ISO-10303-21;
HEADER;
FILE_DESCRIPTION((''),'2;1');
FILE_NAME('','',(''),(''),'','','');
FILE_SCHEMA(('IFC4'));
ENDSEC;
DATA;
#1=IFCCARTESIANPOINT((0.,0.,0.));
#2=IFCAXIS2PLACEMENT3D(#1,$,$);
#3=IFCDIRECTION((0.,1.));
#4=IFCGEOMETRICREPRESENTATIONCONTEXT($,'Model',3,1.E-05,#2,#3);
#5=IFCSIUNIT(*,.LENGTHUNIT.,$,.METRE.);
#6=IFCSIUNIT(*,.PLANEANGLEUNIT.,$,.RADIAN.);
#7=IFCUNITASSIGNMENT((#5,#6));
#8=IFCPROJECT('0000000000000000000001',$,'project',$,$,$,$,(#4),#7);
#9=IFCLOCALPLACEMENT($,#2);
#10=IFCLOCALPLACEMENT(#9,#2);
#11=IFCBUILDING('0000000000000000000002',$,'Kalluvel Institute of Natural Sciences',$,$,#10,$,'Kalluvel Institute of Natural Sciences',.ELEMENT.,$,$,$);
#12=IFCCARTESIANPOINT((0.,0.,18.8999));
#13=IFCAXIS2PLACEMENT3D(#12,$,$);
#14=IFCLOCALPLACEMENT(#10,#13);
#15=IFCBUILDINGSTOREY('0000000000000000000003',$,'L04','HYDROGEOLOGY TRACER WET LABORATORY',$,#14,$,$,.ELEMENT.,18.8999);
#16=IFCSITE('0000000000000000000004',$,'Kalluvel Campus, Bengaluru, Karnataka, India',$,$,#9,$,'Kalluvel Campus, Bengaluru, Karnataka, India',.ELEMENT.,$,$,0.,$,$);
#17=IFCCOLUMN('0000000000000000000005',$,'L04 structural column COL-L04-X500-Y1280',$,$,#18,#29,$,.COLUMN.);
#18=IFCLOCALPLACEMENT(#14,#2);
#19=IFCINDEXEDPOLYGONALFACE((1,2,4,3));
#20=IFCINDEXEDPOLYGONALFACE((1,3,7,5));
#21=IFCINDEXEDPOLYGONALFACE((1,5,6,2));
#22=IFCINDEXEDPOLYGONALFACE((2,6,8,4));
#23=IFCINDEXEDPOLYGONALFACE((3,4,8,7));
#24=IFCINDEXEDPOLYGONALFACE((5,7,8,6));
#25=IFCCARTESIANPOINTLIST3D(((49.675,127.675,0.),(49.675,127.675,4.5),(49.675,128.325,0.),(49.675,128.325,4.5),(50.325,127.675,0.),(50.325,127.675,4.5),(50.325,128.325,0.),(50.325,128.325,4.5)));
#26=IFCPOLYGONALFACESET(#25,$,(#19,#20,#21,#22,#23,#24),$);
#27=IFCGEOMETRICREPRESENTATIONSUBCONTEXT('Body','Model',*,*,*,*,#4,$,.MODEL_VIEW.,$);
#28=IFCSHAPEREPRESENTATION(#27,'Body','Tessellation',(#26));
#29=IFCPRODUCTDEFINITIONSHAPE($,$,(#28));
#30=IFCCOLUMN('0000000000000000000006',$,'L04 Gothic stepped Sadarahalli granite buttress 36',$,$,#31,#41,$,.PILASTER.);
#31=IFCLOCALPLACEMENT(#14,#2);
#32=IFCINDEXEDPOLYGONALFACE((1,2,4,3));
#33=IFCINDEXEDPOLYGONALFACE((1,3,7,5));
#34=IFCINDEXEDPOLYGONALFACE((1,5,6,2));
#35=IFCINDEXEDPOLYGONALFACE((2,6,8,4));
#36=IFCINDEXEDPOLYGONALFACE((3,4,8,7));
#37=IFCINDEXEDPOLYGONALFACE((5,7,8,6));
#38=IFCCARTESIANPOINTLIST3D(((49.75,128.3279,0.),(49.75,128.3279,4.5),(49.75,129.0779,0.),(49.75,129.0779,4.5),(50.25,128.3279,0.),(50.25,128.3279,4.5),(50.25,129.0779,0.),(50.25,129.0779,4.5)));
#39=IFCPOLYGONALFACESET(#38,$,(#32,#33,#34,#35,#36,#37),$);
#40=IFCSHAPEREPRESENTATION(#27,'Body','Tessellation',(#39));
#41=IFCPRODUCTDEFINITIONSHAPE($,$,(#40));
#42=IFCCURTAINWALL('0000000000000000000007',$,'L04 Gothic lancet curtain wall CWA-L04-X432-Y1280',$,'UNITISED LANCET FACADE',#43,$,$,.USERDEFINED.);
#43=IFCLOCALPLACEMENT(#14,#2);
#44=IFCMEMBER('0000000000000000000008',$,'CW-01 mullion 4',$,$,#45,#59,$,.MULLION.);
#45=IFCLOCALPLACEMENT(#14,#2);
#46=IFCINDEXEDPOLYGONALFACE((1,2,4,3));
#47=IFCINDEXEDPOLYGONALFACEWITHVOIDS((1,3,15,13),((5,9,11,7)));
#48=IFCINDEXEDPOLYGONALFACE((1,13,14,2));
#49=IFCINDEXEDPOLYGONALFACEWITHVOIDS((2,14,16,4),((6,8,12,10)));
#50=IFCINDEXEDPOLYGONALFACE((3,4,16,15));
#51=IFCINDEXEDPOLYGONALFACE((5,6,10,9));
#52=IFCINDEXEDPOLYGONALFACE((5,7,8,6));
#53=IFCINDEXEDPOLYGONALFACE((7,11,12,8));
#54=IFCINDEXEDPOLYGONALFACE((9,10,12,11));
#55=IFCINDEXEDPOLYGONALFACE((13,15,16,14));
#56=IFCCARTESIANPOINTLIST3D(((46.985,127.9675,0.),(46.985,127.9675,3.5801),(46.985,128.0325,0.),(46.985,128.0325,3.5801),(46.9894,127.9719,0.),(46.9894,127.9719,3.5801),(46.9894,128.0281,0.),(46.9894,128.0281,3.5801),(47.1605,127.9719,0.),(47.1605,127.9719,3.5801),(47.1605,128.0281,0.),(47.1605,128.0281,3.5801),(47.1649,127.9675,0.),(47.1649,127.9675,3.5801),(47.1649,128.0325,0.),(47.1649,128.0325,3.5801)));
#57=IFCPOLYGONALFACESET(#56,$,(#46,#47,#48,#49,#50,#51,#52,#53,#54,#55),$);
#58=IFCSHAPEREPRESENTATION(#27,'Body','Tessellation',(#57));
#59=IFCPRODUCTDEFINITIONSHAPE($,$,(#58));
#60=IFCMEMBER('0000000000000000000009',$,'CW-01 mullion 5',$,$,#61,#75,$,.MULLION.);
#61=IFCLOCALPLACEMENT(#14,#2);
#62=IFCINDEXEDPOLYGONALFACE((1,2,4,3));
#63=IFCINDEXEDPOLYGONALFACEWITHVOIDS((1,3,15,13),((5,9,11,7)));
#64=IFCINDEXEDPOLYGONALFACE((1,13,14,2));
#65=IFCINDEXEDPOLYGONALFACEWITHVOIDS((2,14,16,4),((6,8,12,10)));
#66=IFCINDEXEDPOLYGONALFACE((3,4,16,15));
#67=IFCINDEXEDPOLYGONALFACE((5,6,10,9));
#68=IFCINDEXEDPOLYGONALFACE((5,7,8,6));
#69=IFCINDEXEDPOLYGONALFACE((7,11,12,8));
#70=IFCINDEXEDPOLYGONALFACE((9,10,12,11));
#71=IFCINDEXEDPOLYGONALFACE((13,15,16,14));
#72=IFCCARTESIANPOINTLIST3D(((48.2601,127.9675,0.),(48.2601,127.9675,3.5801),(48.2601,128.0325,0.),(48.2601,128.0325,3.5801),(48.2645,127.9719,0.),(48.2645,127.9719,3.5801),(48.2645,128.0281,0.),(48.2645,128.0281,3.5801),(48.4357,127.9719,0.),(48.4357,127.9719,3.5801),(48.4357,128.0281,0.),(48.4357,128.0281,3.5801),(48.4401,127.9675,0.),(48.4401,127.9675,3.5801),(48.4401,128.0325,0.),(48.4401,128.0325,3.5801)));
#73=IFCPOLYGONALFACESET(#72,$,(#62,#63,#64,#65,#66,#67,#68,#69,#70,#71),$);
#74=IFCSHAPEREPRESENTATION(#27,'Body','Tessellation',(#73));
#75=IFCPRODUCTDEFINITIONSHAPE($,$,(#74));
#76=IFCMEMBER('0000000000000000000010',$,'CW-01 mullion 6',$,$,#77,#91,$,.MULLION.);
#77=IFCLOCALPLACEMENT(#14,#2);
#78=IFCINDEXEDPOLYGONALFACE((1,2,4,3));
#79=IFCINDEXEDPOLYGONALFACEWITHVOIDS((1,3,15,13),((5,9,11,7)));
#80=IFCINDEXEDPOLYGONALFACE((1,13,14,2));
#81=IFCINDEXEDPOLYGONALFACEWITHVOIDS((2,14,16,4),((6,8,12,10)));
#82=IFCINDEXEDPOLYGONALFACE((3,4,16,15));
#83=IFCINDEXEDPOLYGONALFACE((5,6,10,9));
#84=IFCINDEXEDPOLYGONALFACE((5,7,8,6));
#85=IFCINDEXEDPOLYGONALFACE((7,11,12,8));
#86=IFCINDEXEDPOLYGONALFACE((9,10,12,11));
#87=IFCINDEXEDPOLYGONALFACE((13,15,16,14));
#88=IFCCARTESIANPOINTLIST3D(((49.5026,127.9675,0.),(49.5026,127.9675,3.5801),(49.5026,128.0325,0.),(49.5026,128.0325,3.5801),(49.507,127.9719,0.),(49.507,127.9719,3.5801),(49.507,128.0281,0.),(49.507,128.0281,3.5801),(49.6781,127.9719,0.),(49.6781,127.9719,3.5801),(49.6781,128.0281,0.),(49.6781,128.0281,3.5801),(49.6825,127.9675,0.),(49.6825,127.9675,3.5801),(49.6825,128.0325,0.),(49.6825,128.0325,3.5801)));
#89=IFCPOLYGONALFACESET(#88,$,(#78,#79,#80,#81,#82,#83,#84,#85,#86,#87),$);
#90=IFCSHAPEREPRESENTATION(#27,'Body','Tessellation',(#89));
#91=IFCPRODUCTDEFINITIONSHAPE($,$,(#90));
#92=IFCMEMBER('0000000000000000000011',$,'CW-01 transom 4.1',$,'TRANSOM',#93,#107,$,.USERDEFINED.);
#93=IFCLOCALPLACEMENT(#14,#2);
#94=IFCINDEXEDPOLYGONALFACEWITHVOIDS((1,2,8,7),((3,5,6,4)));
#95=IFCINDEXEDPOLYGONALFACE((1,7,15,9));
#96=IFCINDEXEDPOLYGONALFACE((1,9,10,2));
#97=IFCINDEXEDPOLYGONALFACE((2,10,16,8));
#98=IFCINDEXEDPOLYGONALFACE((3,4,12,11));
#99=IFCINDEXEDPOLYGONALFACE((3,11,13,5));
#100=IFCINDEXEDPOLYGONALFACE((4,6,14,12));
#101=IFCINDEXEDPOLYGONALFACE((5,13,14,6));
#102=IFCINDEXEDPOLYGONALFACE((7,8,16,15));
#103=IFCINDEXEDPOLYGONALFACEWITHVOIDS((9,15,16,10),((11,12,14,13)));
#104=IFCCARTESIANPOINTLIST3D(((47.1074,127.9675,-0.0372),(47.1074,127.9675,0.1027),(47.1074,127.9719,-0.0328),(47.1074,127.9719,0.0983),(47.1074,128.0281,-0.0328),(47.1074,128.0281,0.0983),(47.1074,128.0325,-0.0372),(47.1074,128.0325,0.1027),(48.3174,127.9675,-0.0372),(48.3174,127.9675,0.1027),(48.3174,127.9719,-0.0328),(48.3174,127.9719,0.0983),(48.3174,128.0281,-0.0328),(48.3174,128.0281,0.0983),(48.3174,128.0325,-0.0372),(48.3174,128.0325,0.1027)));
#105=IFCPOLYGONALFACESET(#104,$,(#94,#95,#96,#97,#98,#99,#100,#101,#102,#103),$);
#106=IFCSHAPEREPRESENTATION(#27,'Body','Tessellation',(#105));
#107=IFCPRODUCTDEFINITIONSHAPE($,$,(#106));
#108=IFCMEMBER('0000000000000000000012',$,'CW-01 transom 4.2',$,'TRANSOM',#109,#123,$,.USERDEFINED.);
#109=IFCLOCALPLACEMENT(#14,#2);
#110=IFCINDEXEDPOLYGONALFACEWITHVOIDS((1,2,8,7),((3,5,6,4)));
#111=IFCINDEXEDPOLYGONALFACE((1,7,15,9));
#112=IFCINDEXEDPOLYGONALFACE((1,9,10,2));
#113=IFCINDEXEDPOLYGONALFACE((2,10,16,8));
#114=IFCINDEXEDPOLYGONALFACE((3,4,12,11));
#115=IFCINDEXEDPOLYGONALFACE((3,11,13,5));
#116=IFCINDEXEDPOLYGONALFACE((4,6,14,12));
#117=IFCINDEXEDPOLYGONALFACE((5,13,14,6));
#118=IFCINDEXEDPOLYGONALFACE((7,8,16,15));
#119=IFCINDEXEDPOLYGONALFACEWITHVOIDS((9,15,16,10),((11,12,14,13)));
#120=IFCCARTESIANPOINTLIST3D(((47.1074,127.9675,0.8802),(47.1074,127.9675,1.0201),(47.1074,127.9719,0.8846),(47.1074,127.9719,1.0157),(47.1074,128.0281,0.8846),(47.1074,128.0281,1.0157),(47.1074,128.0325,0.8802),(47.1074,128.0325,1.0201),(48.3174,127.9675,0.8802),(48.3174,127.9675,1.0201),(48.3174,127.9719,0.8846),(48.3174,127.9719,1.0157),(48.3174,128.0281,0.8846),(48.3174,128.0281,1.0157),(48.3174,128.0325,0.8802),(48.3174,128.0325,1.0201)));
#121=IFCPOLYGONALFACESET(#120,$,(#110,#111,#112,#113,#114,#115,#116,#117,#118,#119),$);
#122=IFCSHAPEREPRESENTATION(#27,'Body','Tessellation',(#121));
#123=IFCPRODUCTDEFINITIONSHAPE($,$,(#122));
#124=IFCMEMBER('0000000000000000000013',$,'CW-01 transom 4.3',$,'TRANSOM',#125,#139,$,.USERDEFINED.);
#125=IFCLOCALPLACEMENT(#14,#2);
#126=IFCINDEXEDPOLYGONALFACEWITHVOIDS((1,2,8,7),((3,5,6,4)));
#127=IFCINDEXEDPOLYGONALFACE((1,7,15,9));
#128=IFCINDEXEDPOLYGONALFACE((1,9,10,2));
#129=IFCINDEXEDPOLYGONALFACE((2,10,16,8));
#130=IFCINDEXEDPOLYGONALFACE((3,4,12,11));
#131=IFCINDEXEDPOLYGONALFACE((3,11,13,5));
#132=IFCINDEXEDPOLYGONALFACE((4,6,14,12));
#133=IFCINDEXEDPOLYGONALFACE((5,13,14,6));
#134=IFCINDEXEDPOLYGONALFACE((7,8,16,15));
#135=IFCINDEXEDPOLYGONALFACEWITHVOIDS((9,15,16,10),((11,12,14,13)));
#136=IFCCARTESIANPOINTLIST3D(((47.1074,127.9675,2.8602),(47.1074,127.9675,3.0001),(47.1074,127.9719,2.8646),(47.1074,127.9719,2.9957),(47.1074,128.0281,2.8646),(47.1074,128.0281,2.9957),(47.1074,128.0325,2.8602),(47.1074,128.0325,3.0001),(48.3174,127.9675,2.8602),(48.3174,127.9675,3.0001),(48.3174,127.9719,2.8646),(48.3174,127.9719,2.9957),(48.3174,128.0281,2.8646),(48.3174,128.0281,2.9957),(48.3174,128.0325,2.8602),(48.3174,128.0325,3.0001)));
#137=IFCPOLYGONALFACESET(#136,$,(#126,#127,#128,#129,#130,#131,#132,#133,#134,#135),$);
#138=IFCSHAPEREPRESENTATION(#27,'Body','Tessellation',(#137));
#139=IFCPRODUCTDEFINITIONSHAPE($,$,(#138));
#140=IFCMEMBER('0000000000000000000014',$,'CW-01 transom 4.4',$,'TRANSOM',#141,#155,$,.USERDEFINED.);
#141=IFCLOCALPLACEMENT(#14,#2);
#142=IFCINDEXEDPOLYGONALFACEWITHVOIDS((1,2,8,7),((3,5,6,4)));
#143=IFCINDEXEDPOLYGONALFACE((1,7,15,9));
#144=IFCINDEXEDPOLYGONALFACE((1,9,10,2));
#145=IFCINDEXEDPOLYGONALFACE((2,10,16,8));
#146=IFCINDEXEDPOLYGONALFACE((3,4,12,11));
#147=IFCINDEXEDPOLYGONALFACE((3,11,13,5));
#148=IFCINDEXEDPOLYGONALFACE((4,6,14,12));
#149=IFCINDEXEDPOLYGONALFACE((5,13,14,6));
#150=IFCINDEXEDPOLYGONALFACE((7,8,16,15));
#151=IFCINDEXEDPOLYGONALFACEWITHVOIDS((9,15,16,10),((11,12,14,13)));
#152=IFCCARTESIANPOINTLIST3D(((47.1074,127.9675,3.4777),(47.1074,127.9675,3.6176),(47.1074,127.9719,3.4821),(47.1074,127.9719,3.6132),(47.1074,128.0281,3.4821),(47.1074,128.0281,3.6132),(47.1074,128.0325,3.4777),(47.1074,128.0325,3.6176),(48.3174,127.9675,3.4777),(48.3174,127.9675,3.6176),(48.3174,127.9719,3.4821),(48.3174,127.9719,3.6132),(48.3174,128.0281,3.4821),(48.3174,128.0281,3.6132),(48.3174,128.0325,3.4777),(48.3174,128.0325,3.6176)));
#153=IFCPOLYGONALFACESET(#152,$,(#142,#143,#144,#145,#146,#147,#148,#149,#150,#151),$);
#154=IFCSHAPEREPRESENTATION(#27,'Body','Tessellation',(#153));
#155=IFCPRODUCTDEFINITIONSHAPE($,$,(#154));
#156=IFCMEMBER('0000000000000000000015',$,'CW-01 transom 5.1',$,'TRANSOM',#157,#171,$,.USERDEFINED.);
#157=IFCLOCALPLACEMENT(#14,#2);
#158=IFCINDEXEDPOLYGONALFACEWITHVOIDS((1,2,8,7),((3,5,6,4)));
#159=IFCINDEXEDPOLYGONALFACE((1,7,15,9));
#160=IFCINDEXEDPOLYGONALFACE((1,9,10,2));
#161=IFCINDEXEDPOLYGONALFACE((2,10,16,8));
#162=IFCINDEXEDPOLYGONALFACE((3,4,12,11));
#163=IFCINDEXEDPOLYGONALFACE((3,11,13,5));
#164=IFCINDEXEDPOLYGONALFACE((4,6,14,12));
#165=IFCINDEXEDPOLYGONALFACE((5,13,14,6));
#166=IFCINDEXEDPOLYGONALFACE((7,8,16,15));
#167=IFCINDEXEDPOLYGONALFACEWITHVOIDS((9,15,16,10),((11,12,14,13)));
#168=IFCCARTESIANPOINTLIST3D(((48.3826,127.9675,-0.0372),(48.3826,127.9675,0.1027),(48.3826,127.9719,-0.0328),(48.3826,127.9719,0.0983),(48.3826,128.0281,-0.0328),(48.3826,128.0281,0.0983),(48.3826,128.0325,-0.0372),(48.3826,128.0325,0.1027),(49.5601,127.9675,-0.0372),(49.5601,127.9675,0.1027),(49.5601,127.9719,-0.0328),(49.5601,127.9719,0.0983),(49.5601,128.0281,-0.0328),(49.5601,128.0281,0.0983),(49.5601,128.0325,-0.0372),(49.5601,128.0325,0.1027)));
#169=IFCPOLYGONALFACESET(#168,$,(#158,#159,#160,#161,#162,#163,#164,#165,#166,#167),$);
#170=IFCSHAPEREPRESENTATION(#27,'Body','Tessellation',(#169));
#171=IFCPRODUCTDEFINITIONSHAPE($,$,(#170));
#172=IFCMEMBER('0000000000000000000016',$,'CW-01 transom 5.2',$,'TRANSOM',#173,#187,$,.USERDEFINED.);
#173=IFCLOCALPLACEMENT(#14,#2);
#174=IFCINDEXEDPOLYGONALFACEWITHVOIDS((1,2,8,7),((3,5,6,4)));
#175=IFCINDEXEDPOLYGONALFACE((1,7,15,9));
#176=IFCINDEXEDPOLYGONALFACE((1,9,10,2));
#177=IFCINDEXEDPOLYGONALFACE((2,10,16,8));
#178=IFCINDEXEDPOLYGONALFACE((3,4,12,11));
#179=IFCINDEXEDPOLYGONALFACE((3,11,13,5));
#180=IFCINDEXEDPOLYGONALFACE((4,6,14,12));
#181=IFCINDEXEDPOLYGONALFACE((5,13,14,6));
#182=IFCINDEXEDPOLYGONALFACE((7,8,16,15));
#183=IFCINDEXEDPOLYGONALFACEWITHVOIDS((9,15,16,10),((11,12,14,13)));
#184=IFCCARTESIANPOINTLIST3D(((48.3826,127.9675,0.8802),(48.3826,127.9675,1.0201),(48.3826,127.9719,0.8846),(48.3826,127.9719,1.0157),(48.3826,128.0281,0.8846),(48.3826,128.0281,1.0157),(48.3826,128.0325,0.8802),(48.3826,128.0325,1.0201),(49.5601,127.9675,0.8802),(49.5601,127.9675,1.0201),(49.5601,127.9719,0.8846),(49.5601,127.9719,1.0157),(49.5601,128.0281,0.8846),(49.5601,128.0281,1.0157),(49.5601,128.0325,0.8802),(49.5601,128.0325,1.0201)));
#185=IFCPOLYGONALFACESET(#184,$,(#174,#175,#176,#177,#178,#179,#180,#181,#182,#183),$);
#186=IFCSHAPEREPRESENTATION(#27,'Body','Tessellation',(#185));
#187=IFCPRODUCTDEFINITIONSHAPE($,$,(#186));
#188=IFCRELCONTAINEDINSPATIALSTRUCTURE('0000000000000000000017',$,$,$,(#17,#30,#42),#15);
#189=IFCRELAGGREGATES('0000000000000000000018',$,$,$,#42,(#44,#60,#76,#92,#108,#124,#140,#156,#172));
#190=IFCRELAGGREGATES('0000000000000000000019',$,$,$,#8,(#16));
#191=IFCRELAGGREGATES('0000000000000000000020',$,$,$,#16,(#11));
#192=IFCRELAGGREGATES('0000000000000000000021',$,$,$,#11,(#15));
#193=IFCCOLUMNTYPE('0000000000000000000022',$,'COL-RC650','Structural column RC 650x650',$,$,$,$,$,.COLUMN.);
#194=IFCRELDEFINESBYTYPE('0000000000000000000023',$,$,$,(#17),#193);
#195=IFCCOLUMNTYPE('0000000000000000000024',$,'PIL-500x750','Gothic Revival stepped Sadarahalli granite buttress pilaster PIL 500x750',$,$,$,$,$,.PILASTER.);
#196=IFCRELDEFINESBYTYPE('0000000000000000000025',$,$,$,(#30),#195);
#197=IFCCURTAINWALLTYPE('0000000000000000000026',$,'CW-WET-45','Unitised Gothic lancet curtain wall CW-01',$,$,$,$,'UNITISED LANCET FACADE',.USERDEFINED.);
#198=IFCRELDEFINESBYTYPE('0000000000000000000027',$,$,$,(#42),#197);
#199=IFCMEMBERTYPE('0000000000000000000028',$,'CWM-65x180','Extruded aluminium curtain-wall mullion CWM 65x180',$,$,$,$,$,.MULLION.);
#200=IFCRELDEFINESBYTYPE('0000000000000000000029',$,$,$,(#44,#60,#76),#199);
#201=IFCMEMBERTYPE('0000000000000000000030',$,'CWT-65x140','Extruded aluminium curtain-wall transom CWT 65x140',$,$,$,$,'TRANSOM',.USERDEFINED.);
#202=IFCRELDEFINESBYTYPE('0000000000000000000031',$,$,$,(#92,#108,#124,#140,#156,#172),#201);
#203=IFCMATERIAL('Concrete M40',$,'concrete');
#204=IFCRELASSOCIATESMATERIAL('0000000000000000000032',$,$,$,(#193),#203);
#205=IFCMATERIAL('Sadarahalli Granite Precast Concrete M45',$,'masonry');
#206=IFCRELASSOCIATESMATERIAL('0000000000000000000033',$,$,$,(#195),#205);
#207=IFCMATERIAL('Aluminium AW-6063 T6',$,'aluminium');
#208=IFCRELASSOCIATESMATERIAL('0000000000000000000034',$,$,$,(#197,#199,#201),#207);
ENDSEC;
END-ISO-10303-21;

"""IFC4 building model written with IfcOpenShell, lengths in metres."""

from ifc_helpers import new_model, si_unit, direction, frame, origin, origin_2d, place, context, subcontext, project, spatial, rectangle, hollow_rectangle, extrude, material, material_profile, profile_set, type_object, element, aggregate, save


model = new_model("IFC4")

# Units and contexts
model_context = context("Model", 3, precision=1e-05, world=origin(), true_north=direction((0.0, 1.0)))
body_context = subcontext(model_context, "Body", "Model", "MODEL_VIEW")
ifc_project = project(units=[si_unit("LENGTHUNIT", "METRE"), si_unit("PLANEANGLEUNIT", "RADIAN")], contexts=[model_context])

# Site, building, storey
site_placement = place(None, origin())
site = spatial("IfcSite", under=ifc_project, at=site_placement, Name="Kalluvel Campus, Bengaluru, Karnataka, India", LongName="Kalluvel Campus, Bengaluru, Karnataka, India", CompositionType="ELEMENT", RefElevation=0.0)
building_placement = place(site_placement, origin())
building = spatial("IfcBuilding", under=site, at=building_placement, Name="Kalluvel Institute of Natural Sciences", LongName="Kalluvel Institute of Natural Sciences", CompositionType="ELEMENT")
storey_placement = place(building_placement, frame((0.0, 0.0, 18.8999)))
storey = spatial("IfcBuildingStorey", under=building, at=storey_placement, Name="L04", Description="HYDROGEOLOGY TRACER WET LABORATORY", CompositionType="ELEMENT", Elevation=18.8999)

# Columns
ifc_material_1 = material(Name="Concrete M40", Category="concrete")
ifc_material_profile_1 = material_profile(ifc_material_1, rectangle(XDim=0.6499, YDim=0.6499, at=origin_2d()), Name="RC 650x650")
ifc_profile_set_1 = profile_set([ifc_material_profile_1], Name="Concrete M40")
column_type_1 = type_object("IfcColumnType", Name="COL-RC650", Description="Structural column RC 650x650", PredefinedType="COLUMN", material=ifc_profile_set_1)
column_1_placement = place(storey_placement, frame((50.0, 128.0, 0.0), z_axis=(0.0, 0.0, 1.0), x_axis=(1.0, 0.0, 0.0)))
element("IfcColumn", 1, at=column_1_placement, inside=storey, type_object=column_type_1, Name="L04 structural column COL-L04-X500-Y1280", PredefinedType="COLUMN", context=body_context, shape_type="SweptSolid", body=[
    extrude(rectangle(XDim=0.6499, YDim=0.6499, at=origin_2d()), origin(), (0.0, 0.0, 1.0), 4.5),
])
ifc_material_2 = material(Name="Sadarahalli Granite Precast Concrete M45", Category="masonry")
ifc_material_profile_2 = material_profile(ifc_material_2, rectangle(XDim=0.5, YDim=0.75, at=origin_2d()), Name="PIL 500x750")
ifc_profile_set_2 = profile_set([ifc_material_profile_2], Name="Sadarahalli Granite Precast Concrete M45")
column_type_2 = type_object("IfcColumnType", Name="PIL-500x750", Description="Gothic Revival stepped Sadarahalli granite buttress pilaster PIL 500x750", PredefinedType="PILASTER", material=ifc_profile_set_2)
column_2_placement = place(storey_placement, frame((50.0, 128.7029, 0.0), z_axis=(0.0, 0.0, 1.0), x_axis=(1.0, 0.0, 0.0)))
element("IfcColumn", 2, at=column_2_placement, inside=storey, type_object=column_type_2, Name="L04 Gothic stepped Sadarahalli granite buttress 36", PredefinedType="PILASTER", context=body_context, shape_type="SweptSolid", body=[
    extrude(rectangle(XDim=0.5, YDim=0.75, at=origin_2d()), origin(), (0.0, 0.0, 1.0), 4.5),
])

# Curtain wall, members
ifc_material_3 = material(Name="Aluminium AW-6063 T6", Category="aluminium")
curtain_wall_type = type_object("IfcCurtainWallType", Name="CW-WET-45", Description="Unitised Gothic lancet curtain wall CW-01", ElementType="UNITISED LANCET FACADE", PredefinedType="USERDEFINED", material=ifc_material_3)
curtain_wall_placement = place(storey_placement, origin())
curtain_wall = element("IfcCurtainWall", 3, at=curtain_wall_placement, inside=storey, type_object=curtain_wall_type, Name="L04 Gothic lancet curtain wall CWA-L04-X432-Y1280", ObjectType="UNITISED LANCET FACADE", PredefinedType="USERDEFINED")
ifc_material_profile_3 = material_profile(ifc_material_3, hollow_rectangle(XDim=0.0649, YDim=0.1799, WallThickness=0.0044, at=origin_2d()), Name="CWM 65x180")
ifc_profile_set_3 = profile_set([ifc_material_profile_3], Name="Aluminium AW-6063 T6")
member_type_1 = type_object("IfcMemberType", Name="CWM-65x180", Description="Extruded aluminium curtain-wall mullion CWM 65x180", PredefinedType="MULLION", material=ifc_profile_set_3)
member_1_placement = place(storey_placement, frame((47.075, 128.0, 0.0), z_axis=(0.0, 0.0, 1.0), x_axis=(0.0, 1.0, 0.0)))
member_1 = element("IfcMember", 4, at=member_1_placement, type_object=member_type_1, Name="CW-01 mullion 4", PredefinedType="MULLION", context=body_context, shape_type="SweptSolid", body=[
    extrude(hollow_rectangle(XDim=0.0649, YDim=0.1799, WallThickness=0.0044, at=origin_2d()), origin(), (0.0, 0.0, 1.0), 3.5801),
])
member_2_placement = place(storey_placement, frame((48.3501, 128.0, 0.0), z_axis=(0.0, 0.0, 1.0), x_axis=(0.0, 1.0, 0.0)))
member_2 = element("IfcMember", 5, at=member_2_placement, type_object=member_type_1, Name="CW-01 mullion 5", PredefinedType="MULLION", context=body_context, shape_type="SweptSolid", body=[
    extrude(hollow_rectangle(XDim=0.0649, YDim=0.1799, WallThickness=0.0044, at=origin_2d()), origin(), (0.0, 0.0, 1.0), 3.5801),
])
member_3_placement = place(storey_placement, frame((49.5925, 128.0, 0.0), z_axis=(0.0, 0.0, 1.0), x_axis=(0.0, 1.0, 0.0)))
member_3 = element("IfcMember", 6, at=member_3_placement, type_object=member_type_1, Name="CW-01 mullion 6", PredefinedType="MULLION", context=body_context, shape_type="SweptSolid", body=[
    extrude(hollow_rectangle(XDim=0.0649, YDim=0.1799, WallThickness=0.0044, at=origin_2d()), origin(), (0.0, 0.0, 1.0), 3.5801),
])
ifc_material_profile_4 = material_profile(ifc_material_3, hollow_rectangle(XDim=0.0649, YDim=0.1399, WallThickness=0.0044, at=origin_2d()), Name="CWT 65x140")
ifc_profile_set_4 = profile_set([ifc_material_profile_4], Name="Aluminium AW-6063 T6")
member_type_2 = type_object("IfcMemberType", Name="CWT-65x140", Description="Extruded aluminium curtain-wall transom CWT 65x140", ElementType="TRANSOM", PredefinedType="USERDEFINED", material=ifc_profile_set_4)
member_4_placement = place(storey_placement, frame((47.1074, 128.0, 0.0327), z_axis=(1.0, 0.0, 0.0), x_axis=(0.0, 1.0, 0.0)))
member_4 = element("IfcMember", 7, at=member_4_placement, type_object=member_type_2, Name="CW-01 transom 4.1", ObjectType="TRANSOM", PredefinedType="USERDEFINED", context=body_context, shape_type="SweptSolid", body=[
    extrude(hollow_rectangle(XDim=0.0649, YDim=0.1399, WallThickness=0.0044, at=origin_2d()), origin(), (0.0, 0.0, 1.0), 1.21),
])
member_5_placement = place(storey_placement, frame((47.1074, 128.0, 0.9502), z_axis=(1.0, 0.0, 0.0), x_axis=(0.0, 1.0, 0.0)))
member_5 = element("IfcMember", 8, at=member_5_placement, type_object=member_type_2, Name="CW-01 transom 4.2", ObjectType="TRANSOM", PredefinedType="USERDEFINED", context=body_context, shape_type="SweptSolid", body=[
    extrude(hollow_rectangle(XDim=0.0649, YDim=0.1399, WallThickness=0.0044, at=origin_2d()), origin(), (0.0, 0.0, 1.0), 1.21),
])
member_6_placement = place(storey_placement, frame((47.1074, 128.0, 2.9302), z_axis=(1.0, 0.0, 0.0), x_axis=(0.0, 1.0, 0.0)))
member_6 = element("IfcMember", 9, at=member_6_placement, type_object=member_type_2, Name="CW-01 transom 4.3", ObjectType="TRANSOM", PredefinedType="USERDEFINED", context=body_context, shape_type="SweptSolid", body=[
    extrude(hollow_rectangle(XDim=0.0649, YDim=0.1399, WallThickness=0.0044, at=origin_2d()), origin(), (0.0, 0.0, 1.0), 1.21),
])
member_7_placement = place(storey_placement, frame((47.1074, 128.0, 3.5476), z_axis=(1.0, 0.0, 0.0), x_axis=(0.0, 1.0, 0.0)))
member_7 = element("IfcMember", 10, at=member_7_placement, type_object=member_type_2, Name="CW-01 transom 4.4", ObjectType="TRANSOM", PredefinedType="USERDEFINED", context=body_context, shape_type="SweptSolid", body=[
    extrude(hollow_rectangle(XDim=0.0649, YDim=0.1399, WallThickness=0.0044, at=origin_2d()), origin(), (0.0, 0.0, 1.0), 1.21),
])
member_8_placement = place(storey_placement, frame((48.3826, 128.0, 0.0327), z_axis=(1.0, 0.0, 0.0), x_axis=(0.0, 1.0, 0.0)))
member_8 = element("IfcMember", 11, at=member_8_placement, type_object=member_type_2, Name="CW-01 transom 5.1", ObjectType="TRANSOM", PredefinedType="USERDEFINED", context=body_context, shape_type="SweptSolid", body=[
    extrude(hollow_rectangle(XDim=0.0649, YDim=0.1399, WallThickness=0.0044, at=origin_2d()), origin(), (0.0, 0.0, 1.0), 1.1775),
])
member_9_placement = place(storey_placement, frame((48.3826, 128.0, 0.9502), z_axis=(1.0, 0.0, 0.0), x_axis=(0.0, 1.0, 0.0)))
member_9 = element("IfcMember", 12, at=member_9_placement, type_object=member_type_2, Name="CW-01 transom 5.2", ObjectType="TRANSOM", PredefinedType="USERDEFINED", context=body_context, shape_type="SweptSolid", body=[
    extrude(hollow_rectangle(XDim=0.0649, YDim=0.1399, WallThickness=0.0044, at=origin_2d()), origin(), (0.0, 0.0, 1.0), 1.1775),
])
aggregate(curtain_wall, [member_1, member_2, member_3, member_4, member_5, member_6, member_7, member_8, member_9])

save(model, "model.ifc")
